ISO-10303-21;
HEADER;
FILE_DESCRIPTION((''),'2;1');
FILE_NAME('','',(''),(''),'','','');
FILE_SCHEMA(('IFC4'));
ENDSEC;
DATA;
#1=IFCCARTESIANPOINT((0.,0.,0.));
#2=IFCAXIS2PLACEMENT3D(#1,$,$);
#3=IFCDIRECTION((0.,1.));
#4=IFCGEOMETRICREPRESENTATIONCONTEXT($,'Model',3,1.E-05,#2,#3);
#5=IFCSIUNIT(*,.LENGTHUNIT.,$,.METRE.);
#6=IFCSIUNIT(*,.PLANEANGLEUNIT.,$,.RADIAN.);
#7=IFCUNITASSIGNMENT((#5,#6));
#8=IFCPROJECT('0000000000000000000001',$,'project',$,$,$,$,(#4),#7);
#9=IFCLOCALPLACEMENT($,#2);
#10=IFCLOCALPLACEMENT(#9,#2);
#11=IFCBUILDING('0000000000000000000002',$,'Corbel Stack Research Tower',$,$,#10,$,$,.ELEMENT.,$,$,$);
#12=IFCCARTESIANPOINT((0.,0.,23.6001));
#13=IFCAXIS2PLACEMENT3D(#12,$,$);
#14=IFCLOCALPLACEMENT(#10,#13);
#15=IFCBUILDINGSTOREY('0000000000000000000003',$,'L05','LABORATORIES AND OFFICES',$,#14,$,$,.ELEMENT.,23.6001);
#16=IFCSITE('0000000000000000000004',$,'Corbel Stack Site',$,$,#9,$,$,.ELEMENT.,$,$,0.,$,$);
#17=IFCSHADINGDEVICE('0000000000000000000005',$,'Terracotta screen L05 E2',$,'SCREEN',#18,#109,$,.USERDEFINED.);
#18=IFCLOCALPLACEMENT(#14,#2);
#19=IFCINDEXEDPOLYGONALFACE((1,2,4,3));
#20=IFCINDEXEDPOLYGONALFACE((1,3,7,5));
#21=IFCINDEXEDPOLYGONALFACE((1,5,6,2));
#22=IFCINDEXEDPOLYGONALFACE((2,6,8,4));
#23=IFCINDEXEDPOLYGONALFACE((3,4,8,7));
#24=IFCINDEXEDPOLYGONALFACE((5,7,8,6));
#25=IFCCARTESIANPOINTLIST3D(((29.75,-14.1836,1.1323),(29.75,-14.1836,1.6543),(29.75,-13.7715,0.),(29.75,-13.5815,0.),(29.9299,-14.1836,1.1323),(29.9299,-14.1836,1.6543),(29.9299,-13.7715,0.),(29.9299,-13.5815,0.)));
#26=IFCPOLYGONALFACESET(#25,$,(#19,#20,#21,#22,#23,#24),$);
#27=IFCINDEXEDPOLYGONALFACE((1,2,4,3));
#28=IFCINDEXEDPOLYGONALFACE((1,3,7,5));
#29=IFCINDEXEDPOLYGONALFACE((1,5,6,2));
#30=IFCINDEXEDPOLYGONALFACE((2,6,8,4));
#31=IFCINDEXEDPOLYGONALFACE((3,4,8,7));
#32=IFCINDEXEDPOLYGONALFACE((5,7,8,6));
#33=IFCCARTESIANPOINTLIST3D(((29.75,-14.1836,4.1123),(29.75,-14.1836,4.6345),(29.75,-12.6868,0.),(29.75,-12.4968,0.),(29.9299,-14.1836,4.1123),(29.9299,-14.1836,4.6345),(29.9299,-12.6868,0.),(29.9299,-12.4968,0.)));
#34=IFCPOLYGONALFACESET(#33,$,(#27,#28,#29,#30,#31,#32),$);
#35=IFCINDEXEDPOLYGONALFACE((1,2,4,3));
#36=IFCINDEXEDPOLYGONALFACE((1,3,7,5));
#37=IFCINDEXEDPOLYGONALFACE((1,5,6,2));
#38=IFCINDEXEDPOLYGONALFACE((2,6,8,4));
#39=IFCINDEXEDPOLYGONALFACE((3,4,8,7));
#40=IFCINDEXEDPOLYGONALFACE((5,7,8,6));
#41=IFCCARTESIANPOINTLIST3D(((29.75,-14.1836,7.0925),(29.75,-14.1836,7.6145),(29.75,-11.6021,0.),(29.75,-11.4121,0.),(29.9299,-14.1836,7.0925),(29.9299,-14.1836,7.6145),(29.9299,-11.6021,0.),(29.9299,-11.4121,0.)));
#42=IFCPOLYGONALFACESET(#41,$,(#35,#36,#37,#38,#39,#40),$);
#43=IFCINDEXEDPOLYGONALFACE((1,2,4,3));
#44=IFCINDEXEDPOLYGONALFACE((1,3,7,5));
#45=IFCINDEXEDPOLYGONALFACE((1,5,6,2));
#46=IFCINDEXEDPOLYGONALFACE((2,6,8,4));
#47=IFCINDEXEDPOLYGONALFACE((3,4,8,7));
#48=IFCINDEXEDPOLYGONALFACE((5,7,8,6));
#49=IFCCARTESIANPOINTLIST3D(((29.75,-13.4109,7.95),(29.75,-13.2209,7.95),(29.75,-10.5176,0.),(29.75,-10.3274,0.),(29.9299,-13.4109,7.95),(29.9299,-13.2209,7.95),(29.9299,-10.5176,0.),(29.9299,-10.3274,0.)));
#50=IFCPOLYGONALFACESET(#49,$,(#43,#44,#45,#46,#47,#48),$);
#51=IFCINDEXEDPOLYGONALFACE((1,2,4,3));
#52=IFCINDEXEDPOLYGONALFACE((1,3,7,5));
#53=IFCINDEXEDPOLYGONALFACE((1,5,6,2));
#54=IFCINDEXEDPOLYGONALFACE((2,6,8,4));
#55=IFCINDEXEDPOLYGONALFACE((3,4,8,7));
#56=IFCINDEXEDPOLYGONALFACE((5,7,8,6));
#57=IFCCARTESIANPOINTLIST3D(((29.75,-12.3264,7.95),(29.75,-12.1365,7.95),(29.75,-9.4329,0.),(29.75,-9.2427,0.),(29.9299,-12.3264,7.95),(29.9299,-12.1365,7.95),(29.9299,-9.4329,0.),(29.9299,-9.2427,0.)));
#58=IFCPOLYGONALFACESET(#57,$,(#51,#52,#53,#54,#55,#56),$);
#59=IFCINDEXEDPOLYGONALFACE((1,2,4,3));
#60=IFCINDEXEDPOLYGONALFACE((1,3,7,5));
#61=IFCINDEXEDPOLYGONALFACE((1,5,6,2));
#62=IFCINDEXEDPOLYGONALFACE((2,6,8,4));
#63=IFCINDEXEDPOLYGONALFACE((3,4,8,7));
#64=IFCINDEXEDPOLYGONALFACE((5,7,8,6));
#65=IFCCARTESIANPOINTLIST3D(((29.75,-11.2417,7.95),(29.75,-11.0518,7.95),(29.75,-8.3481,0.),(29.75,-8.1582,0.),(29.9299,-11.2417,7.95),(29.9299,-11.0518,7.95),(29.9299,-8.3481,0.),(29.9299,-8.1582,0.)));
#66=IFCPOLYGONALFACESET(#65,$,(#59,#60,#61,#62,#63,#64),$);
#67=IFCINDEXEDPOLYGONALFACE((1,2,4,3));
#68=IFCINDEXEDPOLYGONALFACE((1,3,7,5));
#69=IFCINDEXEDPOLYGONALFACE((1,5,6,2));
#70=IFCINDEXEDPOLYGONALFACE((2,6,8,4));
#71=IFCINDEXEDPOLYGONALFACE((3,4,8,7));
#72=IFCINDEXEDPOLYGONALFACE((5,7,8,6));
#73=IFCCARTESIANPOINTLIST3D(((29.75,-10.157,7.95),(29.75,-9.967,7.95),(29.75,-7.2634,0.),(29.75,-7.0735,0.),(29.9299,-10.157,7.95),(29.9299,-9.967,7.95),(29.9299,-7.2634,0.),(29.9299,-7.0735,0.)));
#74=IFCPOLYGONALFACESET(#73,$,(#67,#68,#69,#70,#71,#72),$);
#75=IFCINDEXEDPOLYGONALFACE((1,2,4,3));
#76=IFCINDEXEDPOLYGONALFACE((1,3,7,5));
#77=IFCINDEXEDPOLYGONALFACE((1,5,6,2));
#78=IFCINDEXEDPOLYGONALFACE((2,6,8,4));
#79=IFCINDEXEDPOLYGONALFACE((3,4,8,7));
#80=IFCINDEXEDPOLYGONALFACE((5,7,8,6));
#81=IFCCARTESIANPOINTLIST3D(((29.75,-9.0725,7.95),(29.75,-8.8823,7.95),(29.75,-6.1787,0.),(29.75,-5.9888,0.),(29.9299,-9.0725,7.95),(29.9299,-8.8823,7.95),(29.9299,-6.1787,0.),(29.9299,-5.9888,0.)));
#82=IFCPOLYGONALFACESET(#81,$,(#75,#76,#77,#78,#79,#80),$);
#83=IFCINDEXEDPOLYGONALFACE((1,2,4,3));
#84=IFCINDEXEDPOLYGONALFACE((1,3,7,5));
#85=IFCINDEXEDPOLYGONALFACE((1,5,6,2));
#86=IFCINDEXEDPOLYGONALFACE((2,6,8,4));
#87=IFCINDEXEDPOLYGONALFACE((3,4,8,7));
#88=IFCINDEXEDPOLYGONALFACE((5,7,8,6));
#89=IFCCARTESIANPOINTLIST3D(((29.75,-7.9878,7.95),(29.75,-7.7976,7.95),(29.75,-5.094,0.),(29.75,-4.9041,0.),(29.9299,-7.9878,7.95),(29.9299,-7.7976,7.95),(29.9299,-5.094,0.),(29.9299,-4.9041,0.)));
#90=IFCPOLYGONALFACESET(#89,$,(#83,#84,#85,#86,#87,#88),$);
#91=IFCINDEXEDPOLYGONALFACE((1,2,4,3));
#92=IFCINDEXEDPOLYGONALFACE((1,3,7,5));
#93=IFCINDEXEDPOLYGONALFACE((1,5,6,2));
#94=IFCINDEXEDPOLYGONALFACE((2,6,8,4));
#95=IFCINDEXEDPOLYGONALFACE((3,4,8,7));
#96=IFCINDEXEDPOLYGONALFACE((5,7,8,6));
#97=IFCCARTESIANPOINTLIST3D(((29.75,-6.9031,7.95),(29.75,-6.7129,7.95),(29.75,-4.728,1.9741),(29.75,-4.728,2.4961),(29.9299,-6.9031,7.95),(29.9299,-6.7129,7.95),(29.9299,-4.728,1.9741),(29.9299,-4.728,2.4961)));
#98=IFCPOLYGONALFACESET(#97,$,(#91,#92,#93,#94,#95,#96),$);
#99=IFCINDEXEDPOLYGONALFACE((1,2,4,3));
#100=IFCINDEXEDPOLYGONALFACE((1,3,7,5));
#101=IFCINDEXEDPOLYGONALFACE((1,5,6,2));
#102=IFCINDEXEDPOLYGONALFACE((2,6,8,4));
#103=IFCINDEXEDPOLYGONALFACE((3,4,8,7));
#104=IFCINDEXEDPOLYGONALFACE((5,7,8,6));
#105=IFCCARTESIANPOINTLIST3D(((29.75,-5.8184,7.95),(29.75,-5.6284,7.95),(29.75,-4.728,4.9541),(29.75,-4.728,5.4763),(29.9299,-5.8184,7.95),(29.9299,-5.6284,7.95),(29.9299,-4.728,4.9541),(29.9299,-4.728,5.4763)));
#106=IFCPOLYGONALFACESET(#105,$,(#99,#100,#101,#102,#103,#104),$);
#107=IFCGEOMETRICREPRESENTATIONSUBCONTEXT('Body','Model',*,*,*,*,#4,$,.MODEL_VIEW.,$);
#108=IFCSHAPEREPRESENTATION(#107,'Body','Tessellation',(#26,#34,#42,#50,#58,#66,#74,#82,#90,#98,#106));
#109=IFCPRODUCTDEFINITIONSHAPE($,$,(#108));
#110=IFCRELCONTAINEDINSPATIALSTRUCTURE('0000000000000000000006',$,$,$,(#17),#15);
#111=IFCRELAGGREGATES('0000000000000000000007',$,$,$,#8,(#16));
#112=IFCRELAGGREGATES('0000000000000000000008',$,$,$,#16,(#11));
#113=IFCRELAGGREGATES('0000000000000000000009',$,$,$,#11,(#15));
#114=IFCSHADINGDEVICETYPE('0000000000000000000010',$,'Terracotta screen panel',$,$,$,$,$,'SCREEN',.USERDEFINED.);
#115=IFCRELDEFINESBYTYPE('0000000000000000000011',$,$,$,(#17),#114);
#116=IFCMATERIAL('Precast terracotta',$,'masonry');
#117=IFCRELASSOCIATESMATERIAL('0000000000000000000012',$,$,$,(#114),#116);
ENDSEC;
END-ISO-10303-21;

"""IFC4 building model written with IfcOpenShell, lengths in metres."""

from ifc_helpers import new_model, si_unit, direction, frame, origin, place, context, subcontext, project, spatial, polyline, outline, extrude, source, transform, mapped, material, type_object, element, save


model = new_model("IFC4")

# Units and contexts
model_context = context("Model", 3, precision=1e-05, world=origin(), true_north=direction((0.0, 1.0)))
body_context = subcontext(model_context, "Body", "Model", "MODEL_VIEW")
ifc_project = project(units=[si_unit("LENGTHUNIT", "METRE"), si_unit("PLANEANGLEUNIT", "RADIAN")], contexts=[model_context])

# Site, building, storey
site_placement = place(None, origin())
site = spatial("IfcSite", under=ifc_project, at=site_placement, Name="Corbel Stack Site", CompositionType="ELEMENT", RefElevation=0.0)
building_placement = place(site_placement, origin())
building = spatial("IfcBuilding", under=site, at=building_placement, Name="Corbel Stack Research Tower", CompositionType="ELEMENT")
storey_placement = place(building_placement, frame((0.0, 0.0, 23.6001)))
storey = spatial("IfcBuildingStorey", under=building, at=storey_placement, Name="L05", Description="LABORATORIES AND OFFICES", CompositionType="ELEMENT", Elevation=23.6001)

# Shading device
ifc_material_1 = material(Name="Precast terracotta", Category="masonry")
shading_device_type = type_object("IfcShadingDeviceType", Name="Terracotta screen panel", ElementType="SCREEN", PredefinedType="USERDEFINED", material=ifc_material_1)
shared_shape = source(origin(), body_context, "Body", "SweptSolid", [
    extrude(outline(polyline([(0.6021, 0.0), (0.0, 1.6543), (0.0, 1.1323), (0.4121, 0.0), (0.6021, 0.0)])), frame((0.0, 0.0, 0.0), z_axis=(0.0, -1.0, 0.0), x_axis=(1.0, 0.0, 0.0)), (0.0, 0.0, 1.0), 0.1799),
    extrude(outline(polyline([(1.6868, 0.0), (0.0, 4.6345), (0.0, 4.1123), (1.4968, 0.0), (1.6868, 0.0)])), frame((0.0, 0.0, 0.0), z_axis=(0.0, -1.0, 0.0), x_axis=(1.0, 0.0, 0.0)), (0.0, 0.0, 1.0), 0.1799),
    extrude(outline(polyline([(2.7715, 0.0), (0.0, 7.6145), (0.0, 7.0925), (2.5815, 0.0), (2.7715, 0.0)])), frame((0.0, 0.0, 0.0), z_axis=(0.0, -1.0, 0.0), x_axis=(1.0, 0.0, 0.0)), (0.0, 0.0, 1.0), 0.1799),
    extrude(outline(polyline([(3.8562, 0.0), (0.9626, 7.95), (0.7727, 7.95), (3.666, 0.0), (3.8562, 0.0)])), frame((0.0, 0.0, 0.0), z_axis=(0.0, -1.0, 0.0), x_axis=(1.0, 0.0, 0.0)), (0.0, 0.0, 1.0), 0.1799),
    extrude(outline(polyline([(4.9409, 0.0), (2.0471, 7.95), (1.8572, 7.95), (4.7507, 0.0), (4.9409, 0.0)])), frame((0.0, 0.0, 0.0), z_axis=(0.0, -1.0, 0.0), x_axis=(1.0, 0.0, 0.0)), (0.0, 0.0, 1.0), 0.1799),
    extrude(outline(polyline([(6.0254, 0.0), (3.1318, 7.95), (2.9419, 7.95), (5.8354, 0.0), (6.0254, 0.0)])), frame((0.0, 0.0, 0.0), z_axis=(0.0, -1.0, 0.0), x_axis=(1.0, 0.0, 0.0)), (0.0, 0.0, 1.0), 0.1799),
    extrude(outline(polyline([(7.1101, 0.0), (4.2166, 7.95), (4.0266, 7.95), (6.9202, 0.0), (7.1101, 0.0)])), frame((0.0, 0.0, 0.0), z_axis=(0.0, -1.0, 0.0), x_axis=(1.0, 0.0, 0.0)), (0.0, 0.0, 1.0), 0.1799),
    extrude(outline(polyline([(8.1948, 0.0), (5.3013, 7.95), (5.1111, 7.95), (8.0049, 0.0), (8.1948, 0.0)])), frame((0.0, 0.0, 0.0), z_axis=(0.0, -1.0, 0.0), x_axis=(1.0, 0.0, 0.0)), (0.0, 0.0, 1.0), 0.1799),
    extrude(outline(polyline([(9.2795, 0.0), (6.386, 7.95), (6.1958, 7.95), (9.0896, 0.0), (9.2795, 0.0)])), frame((0.0, 0.0, 0.0), z_axis=(0.0, -1.0, 0.0), x_axis=(1.0, 0.0, 0.0)), (0.0, 0.0, 1.0), 0.1799),
    extrude(outline(polyline([(7.4707, 7.95), (7.2805, 7.95), (9.4556, 1.9741), (9.4556, 2.4961), (7.4707, 7.95)])), frame((0.0, 0.0, 0.0), z_axis=(0.0, -1.0, 0.0), x_axis=(1.0, 0.0, 0.0)), (0.0, 0.0, 1.0), 0.1799),
    extrude(outline(polyline([(8.5552, 7.95), (8.3652, 7.95), (9.4556, 4.9541), (9.4556, 5.4763), (8.5552, 7.95)])), frame((0.0, 0.0, 0.0), z_axis=(0.0, -1.0, 0.0), x_axis=(1.0, 0.0, 0.0)), (0.0, 0.0, 1.0), 0.1799),
])
shading_device_placement = place(storey_placement, frame((29.75, -14.1836, 0.0), z_axis=(0.0, 0.0, 1.0), x_axis=(0.0, 1.0, 0.0)))
element("IfcShadingDevice", 1, at=shading_device_placement, inside=storey, type_object=shading_device_type, Name="Terracotta screen L05 E2", ObjectType="SCREEN", PredefinedType="USERDEFINED", context=body_context, shape_type="MappedRepresentation", body=[
    mapped(shared_shape, transform((0.0, 0.0, 0.0))),
])

save(model, "model.ifc")
